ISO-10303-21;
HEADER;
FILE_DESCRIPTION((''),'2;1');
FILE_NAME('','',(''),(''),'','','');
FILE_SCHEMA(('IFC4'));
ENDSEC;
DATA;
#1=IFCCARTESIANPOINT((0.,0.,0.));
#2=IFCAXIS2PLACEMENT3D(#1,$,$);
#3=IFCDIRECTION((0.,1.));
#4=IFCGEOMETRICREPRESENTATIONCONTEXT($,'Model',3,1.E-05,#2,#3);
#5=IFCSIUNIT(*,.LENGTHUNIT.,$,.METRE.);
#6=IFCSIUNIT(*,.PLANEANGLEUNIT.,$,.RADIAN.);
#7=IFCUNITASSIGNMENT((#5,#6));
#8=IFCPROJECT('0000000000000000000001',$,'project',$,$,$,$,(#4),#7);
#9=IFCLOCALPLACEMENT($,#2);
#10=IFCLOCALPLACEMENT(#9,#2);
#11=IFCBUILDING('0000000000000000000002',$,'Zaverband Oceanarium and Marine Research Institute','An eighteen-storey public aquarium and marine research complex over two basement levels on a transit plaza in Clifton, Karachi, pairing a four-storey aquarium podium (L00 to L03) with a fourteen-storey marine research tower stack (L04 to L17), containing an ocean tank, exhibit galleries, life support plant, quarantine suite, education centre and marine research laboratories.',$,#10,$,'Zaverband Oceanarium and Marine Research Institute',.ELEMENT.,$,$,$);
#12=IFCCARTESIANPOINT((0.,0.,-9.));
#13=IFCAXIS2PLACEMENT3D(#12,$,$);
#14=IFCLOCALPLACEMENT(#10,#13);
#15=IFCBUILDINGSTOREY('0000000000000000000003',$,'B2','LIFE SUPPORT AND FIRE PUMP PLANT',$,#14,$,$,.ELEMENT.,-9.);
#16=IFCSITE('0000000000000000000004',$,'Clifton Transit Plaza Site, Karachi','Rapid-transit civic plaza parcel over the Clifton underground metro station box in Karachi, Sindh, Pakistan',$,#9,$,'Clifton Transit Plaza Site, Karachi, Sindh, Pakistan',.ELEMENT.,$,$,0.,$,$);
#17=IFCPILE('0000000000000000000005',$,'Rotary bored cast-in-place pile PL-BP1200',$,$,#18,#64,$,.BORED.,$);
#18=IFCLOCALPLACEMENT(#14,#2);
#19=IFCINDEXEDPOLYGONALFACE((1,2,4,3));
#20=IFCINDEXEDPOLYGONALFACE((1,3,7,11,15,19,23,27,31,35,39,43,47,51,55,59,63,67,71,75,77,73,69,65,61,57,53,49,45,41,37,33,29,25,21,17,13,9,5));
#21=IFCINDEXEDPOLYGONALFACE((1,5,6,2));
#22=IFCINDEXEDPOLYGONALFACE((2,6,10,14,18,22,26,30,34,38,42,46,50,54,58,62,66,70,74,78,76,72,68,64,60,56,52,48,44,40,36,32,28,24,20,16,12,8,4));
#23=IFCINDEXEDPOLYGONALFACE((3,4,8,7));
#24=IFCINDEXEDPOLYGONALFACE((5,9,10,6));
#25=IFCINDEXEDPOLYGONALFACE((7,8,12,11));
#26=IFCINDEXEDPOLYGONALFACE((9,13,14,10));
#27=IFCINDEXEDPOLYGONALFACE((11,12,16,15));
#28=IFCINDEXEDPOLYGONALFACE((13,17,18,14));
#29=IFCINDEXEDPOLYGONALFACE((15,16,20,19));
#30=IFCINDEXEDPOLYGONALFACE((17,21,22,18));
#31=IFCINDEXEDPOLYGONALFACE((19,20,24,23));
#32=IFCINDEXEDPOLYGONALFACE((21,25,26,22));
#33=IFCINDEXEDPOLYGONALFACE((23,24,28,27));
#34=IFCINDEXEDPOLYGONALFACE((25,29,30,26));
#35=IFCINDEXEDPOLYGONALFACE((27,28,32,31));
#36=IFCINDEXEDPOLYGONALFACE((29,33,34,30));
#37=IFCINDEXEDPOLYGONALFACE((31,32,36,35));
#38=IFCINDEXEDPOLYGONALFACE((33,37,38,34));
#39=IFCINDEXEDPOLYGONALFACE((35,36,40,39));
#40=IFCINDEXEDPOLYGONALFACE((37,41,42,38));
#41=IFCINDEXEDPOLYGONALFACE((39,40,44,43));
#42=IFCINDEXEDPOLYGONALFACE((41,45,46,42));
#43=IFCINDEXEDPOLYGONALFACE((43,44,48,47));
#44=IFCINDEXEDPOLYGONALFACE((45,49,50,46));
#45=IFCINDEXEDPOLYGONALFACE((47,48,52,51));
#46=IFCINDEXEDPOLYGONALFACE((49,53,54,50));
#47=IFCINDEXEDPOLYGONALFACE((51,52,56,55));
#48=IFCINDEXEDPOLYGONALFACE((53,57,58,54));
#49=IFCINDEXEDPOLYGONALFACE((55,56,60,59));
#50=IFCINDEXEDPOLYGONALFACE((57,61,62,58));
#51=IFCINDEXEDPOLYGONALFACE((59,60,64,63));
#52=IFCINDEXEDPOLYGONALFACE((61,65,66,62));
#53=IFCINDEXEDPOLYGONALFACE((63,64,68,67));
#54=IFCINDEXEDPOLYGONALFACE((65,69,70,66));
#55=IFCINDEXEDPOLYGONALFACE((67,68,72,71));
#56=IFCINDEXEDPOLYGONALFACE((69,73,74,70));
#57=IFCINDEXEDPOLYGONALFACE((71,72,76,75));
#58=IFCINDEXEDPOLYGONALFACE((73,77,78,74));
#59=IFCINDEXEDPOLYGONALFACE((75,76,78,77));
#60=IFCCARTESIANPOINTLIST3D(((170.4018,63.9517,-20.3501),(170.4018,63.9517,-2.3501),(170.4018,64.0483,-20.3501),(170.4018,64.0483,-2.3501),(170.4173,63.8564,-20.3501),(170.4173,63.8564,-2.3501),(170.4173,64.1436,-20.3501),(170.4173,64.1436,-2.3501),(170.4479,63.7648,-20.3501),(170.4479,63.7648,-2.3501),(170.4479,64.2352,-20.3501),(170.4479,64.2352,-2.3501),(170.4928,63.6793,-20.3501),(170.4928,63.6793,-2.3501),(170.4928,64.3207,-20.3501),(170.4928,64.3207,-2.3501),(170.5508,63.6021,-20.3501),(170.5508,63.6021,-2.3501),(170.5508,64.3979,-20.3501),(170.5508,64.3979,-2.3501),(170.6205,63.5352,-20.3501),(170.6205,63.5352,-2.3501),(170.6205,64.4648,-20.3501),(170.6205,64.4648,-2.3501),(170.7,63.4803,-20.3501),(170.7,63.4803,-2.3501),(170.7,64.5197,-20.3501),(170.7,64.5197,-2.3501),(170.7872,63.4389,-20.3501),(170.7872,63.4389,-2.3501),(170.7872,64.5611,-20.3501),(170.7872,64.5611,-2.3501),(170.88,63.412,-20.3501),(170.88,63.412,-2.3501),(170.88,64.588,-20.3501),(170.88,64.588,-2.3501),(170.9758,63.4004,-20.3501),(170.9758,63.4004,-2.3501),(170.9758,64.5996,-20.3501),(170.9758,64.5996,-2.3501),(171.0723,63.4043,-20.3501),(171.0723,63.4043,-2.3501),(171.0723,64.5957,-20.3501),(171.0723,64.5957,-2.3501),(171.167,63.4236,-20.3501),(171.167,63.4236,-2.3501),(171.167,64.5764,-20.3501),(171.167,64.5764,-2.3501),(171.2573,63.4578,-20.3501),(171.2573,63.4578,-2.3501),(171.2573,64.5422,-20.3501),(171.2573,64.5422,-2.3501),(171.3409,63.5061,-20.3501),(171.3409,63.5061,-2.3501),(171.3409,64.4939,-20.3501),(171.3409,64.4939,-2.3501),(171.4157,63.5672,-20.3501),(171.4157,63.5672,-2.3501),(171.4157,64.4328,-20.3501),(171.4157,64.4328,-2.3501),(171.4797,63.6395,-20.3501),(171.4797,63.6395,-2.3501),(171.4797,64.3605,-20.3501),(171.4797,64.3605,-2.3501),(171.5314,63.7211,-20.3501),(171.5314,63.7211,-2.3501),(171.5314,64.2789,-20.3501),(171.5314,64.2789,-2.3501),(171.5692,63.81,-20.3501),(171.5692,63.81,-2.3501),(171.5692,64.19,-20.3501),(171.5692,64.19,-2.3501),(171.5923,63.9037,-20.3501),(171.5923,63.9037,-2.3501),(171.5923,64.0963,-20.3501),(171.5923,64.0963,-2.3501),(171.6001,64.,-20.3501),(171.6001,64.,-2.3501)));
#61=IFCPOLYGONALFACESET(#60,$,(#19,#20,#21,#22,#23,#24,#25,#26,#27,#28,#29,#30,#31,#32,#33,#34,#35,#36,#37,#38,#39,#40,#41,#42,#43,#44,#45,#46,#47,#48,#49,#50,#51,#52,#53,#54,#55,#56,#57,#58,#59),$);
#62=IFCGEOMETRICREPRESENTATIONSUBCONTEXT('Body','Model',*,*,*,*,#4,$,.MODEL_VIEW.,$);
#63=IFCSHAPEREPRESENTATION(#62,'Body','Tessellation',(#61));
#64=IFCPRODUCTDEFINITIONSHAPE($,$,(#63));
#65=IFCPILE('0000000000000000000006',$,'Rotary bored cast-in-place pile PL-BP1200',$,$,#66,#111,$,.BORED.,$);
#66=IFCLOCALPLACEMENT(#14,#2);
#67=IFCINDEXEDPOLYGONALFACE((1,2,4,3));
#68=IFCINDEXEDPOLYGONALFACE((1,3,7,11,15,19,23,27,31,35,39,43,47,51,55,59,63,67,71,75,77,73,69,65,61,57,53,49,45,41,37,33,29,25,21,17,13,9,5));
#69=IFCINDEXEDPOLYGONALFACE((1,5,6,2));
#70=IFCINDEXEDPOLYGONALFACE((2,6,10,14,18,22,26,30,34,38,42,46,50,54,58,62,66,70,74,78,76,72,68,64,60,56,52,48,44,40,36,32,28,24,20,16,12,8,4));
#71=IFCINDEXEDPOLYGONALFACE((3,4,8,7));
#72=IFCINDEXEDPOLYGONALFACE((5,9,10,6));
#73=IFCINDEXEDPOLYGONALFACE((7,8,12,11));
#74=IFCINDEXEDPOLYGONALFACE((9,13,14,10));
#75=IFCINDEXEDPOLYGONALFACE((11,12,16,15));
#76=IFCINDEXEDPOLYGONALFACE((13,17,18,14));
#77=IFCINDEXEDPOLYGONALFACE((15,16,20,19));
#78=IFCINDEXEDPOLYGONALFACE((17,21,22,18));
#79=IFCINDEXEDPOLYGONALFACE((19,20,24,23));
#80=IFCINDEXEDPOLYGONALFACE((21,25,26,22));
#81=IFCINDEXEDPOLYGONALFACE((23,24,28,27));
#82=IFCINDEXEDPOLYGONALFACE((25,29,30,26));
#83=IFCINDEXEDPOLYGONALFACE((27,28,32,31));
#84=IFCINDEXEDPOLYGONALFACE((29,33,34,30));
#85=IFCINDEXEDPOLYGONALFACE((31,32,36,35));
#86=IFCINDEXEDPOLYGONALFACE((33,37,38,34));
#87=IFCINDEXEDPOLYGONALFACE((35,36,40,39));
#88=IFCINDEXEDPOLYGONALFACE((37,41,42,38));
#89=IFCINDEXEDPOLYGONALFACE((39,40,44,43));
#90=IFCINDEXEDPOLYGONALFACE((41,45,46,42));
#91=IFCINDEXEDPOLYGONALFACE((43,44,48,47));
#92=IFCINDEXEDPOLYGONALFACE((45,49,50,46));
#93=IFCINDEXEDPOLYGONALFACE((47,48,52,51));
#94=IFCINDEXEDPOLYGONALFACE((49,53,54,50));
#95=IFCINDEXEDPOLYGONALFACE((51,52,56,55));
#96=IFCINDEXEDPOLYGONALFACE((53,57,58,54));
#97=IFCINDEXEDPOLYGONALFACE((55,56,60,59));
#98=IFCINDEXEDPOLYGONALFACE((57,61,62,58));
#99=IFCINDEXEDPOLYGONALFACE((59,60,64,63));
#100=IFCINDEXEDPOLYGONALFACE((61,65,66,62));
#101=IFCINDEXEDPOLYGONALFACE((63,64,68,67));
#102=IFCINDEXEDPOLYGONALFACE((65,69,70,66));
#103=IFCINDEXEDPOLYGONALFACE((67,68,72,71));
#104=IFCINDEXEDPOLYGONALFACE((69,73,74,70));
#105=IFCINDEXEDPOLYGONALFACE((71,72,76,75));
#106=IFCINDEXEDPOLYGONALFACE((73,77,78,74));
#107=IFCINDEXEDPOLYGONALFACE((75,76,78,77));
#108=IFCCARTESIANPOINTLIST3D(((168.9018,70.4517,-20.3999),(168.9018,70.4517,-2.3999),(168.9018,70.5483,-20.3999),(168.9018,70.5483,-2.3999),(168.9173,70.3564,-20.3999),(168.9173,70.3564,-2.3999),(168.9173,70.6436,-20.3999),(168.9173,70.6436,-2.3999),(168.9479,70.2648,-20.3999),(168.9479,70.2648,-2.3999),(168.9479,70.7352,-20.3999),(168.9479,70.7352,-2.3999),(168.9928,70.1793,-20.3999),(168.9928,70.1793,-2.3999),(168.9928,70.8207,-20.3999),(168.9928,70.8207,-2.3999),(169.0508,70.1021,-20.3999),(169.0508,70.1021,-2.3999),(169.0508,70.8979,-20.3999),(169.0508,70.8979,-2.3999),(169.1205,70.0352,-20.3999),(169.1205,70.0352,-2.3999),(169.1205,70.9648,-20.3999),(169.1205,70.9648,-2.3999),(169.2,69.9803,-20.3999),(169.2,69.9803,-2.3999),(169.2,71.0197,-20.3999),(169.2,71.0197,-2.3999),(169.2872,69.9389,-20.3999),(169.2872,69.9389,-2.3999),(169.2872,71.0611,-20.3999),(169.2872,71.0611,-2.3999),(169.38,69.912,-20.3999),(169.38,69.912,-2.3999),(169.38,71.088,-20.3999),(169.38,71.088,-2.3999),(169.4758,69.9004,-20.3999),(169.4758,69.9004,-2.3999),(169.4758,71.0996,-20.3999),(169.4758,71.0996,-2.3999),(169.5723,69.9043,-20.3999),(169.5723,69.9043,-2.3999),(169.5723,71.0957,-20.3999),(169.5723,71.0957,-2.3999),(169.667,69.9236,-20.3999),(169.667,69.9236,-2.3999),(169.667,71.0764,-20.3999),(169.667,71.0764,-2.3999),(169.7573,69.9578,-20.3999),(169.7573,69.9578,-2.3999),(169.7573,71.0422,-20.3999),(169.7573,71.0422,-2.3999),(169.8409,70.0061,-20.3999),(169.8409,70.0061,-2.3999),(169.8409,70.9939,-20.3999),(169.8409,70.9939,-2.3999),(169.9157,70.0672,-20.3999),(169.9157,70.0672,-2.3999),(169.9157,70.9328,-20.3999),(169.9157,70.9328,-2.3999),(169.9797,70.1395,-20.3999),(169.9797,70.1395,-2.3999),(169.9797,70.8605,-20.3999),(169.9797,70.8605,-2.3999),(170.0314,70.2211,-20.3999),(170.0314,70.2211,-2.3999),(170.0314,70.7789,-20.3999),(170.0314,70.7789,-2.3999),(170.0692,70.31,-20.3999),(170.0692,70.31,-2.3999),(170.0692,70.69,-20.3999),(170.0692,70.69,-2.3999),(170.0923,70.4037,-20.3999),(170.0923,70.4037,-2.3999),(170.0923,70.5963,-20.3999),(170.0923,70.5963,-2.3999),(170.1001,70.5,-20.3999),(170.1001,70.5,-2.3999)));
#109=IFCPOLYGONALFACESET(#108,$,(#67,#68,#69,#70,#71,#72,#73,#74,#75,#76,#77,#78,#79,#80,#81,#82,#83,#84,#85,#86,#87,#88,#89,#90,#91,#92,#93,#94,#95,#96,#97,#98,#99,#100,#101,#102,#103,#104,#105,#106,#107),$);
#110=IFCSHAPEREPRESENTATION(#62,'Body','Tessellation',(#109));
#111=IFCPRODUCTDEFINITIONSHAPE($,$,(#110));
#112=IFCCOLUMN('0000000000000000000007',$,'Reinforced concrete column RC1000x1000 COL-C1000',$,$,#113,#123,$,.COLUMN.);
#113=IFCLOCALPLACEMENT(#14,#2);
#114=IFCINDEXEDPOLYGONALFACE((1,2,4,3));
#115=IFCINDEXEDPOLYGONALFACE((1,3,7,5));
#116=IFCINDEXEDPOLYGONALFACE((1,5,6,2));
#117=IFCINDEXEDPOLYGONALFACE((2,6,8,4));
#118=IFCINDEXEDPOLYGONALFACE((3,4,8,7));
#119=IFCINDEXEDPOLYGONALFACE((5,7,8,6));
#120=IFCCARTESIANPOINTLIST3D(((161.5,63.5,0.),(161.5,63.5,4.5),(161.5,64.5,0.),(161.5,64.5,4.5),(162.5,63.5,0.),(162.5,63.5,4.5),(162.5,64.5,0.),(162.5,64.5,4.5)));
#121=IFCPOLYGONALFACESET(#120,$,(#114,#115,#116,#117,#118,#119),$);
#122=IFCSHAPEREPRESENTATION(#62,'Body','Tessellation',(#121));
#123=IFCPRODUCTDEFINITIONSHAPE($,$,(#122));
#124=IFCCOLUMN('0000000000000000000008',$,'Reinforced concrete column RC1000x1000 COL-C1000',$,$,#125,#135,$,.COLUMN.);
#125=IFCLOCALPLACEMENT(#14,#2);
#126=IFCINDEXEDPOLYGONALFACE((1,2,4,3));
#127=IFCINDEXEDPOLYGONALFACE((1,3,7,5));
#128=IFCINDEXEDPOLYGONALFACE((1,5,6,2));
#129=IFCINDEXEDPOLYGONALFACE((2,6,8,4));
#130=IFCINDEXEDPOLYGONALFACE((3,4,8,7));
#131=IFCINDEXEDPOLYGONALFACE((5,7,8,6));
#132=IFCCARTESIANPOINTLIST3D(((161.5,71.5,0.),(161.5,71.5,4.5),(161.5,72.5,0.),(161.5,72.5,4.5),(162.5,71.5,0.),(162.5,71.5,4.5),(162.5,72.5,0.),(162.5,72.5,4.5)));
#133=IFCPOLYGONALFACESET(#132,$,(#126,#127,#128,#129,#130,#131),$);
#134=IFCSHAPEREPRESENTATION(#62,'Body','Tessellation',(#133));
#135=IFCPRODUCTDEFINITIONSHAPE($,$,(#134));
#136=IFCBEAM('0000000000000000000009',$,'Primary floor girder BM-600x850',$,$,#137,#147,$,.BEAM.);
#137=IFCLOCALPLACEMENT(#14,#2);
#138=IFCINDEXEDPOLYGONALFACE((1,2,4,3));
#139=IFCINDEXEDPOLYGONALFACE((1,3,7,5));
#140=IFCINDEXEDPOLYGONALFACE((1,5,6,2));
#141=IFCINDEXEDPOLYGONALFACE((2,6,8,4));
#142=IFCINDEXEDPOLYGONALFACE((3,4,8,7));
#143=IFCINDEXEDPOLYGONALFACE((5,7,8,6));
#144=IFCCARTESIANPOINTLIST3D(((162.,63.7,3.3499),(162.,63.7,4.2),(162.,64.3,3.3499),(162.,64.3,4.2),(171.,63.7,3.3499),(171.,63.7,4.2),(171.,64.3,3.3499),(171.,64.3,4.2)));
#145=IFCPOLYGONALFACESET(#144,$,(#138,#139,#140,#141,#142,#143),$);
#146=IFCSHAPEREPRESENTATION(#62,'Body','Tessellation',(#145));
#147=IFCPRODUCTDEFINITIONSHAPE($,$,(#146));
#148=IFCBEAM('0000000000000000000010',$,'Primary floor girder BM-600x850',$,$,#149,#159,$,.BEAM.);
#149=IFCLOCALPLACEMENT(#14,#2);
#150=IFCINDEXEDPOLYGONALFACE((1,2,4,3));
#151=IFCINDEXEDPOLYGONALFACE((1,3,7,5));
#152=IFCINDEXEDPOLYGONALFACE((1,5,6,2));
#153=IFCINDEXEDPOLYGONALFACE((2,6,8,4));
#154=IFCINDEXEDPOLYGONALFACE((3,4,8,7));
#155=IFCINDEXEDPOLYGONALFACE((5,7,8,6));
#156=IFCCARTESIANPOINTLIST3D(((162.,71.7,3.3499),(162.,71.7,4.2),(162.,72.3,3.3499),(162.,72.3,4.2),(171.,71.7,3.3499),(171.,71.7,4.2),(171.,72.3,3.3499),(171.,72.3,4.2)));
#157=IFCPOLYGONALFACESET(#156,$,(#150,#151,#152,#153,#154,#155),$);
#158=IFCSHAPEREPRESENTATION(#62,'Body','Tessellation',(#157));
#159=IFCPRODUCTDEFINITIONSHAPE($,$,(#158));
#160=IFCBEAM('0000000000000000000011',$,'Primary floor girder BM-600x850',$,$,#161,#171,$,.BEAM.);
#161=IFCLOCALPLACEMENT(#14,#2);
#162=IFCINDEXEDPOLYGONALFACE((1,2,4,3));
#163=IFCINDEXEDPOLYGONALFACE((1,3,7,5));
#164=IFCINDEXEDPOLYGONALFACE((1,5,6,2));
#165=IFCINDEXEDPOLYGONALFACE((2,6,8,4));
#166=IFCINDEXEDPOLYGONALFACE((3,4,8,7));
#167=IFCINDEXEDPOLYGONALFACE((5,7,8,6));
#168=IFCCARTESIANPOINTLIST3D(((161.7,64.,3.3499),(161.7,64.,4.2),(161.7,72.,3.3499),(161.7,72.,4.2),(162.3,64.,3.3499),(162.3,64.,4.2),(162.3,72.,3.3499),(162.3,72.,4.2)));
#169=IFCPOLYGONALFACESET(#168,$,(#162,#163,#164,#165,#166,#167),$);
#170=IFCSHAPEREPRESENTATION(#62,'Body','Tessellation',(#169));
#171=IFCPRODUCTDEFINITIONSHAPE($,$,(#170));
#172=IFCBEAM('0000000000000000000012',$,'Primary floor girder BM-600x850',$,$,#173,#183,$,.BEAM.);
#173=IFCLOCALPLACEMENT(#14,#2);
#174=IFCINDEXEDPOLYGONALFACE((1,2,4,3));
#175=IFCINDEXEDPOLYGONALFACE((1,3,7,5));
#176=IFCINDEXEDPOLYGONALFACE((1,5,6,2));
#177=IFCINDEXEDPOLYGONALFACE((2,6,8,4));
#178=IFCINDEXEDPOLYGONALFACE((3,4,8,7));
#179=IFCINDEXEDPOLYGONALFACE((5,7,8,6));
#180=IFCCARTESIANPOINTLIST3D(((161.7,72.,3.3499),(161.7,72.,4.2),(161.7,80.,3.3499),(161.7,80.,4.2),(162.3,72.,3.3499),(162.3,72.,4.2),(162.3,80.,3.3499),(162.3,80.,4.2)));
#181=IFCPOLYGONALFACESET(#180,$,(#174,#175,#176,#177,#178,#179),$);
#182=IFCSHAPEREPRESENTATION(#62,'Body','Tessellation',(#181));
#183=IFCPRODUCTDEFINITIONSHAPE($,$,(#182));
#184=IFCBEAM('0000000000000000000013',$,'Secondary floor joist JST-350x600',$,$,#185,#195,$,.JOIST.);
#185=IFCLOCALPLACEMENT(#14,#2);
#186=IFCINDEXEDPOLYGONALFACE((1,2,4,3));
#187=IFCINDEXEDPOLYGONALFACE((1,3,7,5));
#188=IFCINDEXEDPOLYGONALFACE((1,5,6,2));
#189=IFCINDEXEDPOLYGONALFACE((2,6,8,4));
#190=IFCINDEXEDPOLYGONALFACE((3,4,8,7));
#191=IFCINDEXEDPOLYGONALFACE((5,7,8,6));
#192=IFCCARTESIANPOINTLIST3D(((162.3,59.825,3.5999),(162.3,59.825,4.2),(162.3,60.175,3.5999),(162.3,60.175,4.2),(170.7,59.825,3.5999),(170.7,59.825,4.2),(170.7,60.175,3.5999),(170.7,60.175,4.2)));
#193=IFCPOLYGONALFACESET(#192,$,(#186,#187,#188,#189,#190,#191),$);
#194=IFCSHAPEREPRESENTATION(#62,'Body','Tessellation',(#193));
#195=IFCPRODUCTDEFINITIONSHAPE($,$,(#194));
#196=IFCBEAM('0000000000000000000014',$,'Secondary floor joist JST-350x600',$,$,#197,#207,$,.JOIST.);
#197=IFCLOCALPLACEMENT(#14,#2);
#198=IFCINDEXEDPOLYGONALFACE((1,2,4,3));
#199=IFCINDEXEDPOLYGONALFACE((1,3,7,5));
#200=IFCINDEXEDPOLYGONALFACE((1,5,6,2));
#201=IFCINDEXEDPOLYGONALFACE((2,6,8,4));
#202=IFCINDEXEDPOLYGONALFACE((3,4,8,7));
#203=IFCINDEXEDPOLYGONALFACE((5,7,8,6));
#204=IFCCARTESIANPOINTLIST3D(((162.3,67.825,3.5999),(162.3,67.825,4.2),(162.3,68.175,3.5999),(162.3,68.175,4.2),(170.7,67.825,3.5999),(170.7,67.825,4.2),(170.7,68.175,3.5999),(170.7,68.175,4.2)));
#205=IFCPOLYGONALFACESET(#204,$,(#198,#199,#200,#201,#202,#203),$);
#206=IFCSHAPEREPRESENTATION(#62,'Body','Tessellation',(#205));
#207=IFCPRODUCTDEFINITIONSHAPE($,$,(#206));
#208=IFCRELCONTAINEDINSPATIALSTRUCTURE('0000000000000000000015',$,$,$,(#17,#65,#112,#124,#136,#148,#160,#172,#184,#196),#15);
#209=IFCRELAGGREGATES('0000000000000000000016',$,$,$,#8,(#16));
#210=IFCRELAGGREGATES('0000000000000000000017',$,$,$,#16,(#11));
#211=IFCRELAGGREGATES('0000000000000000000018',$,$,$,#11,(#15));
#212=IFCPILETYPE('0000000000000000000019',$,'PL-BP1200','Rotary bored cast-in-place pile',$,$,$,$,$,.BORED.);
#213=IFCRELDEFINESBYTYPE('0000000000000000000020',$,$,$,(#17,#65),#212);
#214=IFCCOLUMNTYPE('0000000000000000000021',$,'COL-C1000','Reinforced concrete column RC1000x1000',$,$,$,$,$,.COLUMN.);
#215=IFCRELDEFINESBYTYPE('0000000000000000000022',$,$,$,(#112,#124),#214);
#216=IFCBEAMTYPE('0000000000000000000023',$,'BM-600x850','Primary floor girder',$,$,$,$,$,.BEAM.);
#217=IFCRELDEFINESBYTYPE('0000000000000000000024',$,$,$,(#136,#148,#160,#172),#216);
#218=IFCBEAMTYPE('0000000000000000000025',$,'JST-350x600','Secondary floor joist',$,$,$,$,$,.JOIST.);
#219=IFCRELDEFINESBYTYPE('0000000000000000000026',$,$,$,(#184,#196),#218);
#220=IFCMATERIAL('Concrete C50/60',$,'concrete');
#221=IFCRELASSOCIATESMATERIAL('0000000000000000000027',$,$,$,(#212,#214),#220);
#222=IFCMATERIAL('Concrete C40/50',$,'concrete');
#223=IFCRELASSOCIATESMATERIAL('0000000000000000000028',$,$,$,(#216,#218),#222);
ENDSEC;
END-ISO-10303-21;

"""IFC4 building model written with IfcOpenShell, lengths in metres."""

from ifc_helpers import new_model, si_unit, direction, frame, origin, origin_2d, place, context, subcontext, project, spatial, rectangle, circle, extrude, material, material_profile, profile_set, type_object, element, save


model = new_model("IFC4")

# Units and contexts
model_context = context("Model", 3, precision=1e-05, world=origin(), true_north=direction((0.0, 1.0)))
body_context = subcontext(model_context, "Body", "Model", "MODEL_VIEW")
ifc_project = project(units=[si_unit("LENGTHUNIT", "METRE"), si_unit("PLANEANGLEUNIT", "RADIAN")], contexts=[model_context])

# Site, building, storey
site_placement = place(None, origin())
site = spatial("IfcSite", under=ifc_project, at=site_placement, Name="Clifton Transit Plaza Site, Karachi", Description="Rapid-transit civic plaza parcel over the Clifton underground metro station box in Karachi, Sindh, Pakistan", LongName="Clifton Transit Plaza Site, Karachi, Sindh, Pakistan", CompositionType="ELEMENT", RefElevation=0.0)
building_placement = place(site_placement, origin())
building = spatial("IfcBuilding", under=site, at=building_placement, Name="Zaverband Oceanarium and Marine Research Institute", Description="An eighteen-storey public aquarium and marine research complex over two basement levels on a transit plaza in Clifton, Karachi, pairing a four-storey aquarium podium (L00 to L03) with a fourteen-storey marine research tower stack (L04 to L17), containing an ocean tank, exhibit galleries, life support plant, quarantine suite, education centre and marine research laboratories.", LongName="Zaverband Oceanarium and Marine Research Institute", CompositionType="ELEMENT")
storey_placement = place(building_placement, frame((0.0, 0.0, -9.0)))
storey = spatial("IfcBuildingStorey", under=building, at=storey_placement, Name="B2", Description="LIFE SUPPORT AND FIRE PUMP PLANT", CompositionType="ELEMENT", Elevation=-9.0)

# Shared definitions
ifc_material_1 = material(Name="Concrete C50/60", Category="concrete")

# Piles
ifc_material_profile_1 = material_profile(ifc_material_1, circle(Radius=0.6001, at=origin_2d()), Name="BP1200")
ifc_profile_set_1 = profile_set([ifc_material_profile_1], Name="Concrete C50/60")
pile_type = type_object("IfcPileType", Name="PL-BP1200", Description="Rotary bored cast-in-place pile", PredefinedType="BORED", material=ifc_profile_set_1)
for number, where, z_axis, x_axis, name in (
    (1, (171.0, 64.0, -2.3501), (0.0, 0.0, -1.0), (1.0, 0.0, 0.0), "Rotary bored cast-in-place pile PL-BP1200"),
    (2, (169.5, 70.5, -2.3999), (0.0, 0.0, -1.0), (1.0, 0.0, 0.0), "Rotary bored cast-in-place pile PL-BP1200"),
):
    element("IfcPile", number, at=place(storey_placement, frame(where, z_axis=z_axis, x_axis=x_axis)), inside=storey, type_object=pile_type, Name=name, PredefinedType="BORED", context=body_context, shape_type="SweptSolid", body=[
        extrude(circle(Radius=0.6001, at=origin_2d()), origin(), (0.0, 0.0, 1.0), 18.0),
    ])

# Columns
ifc_material_profile_2 = material_profile(ifc_material_1, rectangle(XDim=1.0, YDim=1.0, at=origin_2d()), Name="RC1000x1000")
ifc_profile_set_2 = profile_set([ifc_material_profile_2], Name="Concrete C50/60")
column_type = type_object("IfcColumnType", Name="COL-C1000", Description="Reinforced concrete column RC1000x1000", PredefinedType="COLUMN", material=ifc_profile_set_2)
for number, where, z_axis, x_axis, name in (
    (3, (162.0, 64.0, 0.0), (0.0, 0.0, 1.0), (1.0, 0.0, 0.0), "Reinforced concrete column RC1000x1000 COL-C1000"),
    (4, (162.0, 72.0, 0.0), (0.0, 0.0, 1.0), (1.0, 0.0, 0.0), "Reinforced concrete column RC1000x1000 COL-C1000"),
):
    element("IfcColumn", number, at=place(storey_placement, frame(where, z_axis=z_axis, x_axis=x_axis)), inside=storey, type_object=column_type, Name=name, PredefinedType="COLUMN", context=body_context, shape_type="SweptSolid", body=[
        extrude(rectangle(XDim=1.0, YDim=1.0, at=origin_2d()), origin(), (0.0, 0.0, 1.0), 4.5),
    ])

# Beams
ifc_material_2 = material(Name="Concrete C40/50", Category="concrete")
ifc_material_profile_3 = material_profile(ifc_material_2, rectangle(XDim=0.6001, YDim=0.8501, at=origin_2d()), Name="RC600x850")
ifc_profile_set_3 = profile_set([ifc_material_profile_3], Name="Concrete C40/50")
beam_type_1 = type_object("IfcBeamType", Name="BM-600x850", Description="Primary floor girder", PredefinedType="BEAM", material=ifc_profile_set_3)
for number, where, z_axis, x_axis, name in (
    (5, (162.0, 64.0, 3.7749), (1.0, 0.0, 0.0), (0.0, 1.0, 0.0), "Primary floor girder BM-600x850"),
    (6, (162.0, 72.0, 3.7749), (1.0, 0.0, 0.0), (0.0, 1.0, 0.0), "Primary floor girder BM-600x850"),
):
    element("IfcBeam", number, at=place(storey_placement, frame(where, z_axis=z_axis, x_axis=x_axis)), inside=storey, type_object=beam_type_1, Name=name, PredefinedType="BEAM", context=body_context, shape_type="SweptSolid", body=[
        extrude(rectangle(XDim=0.6001, YDim=0.8501, at=origin_2d()), origin(), (0.0, 0.0, 1.0), 9.0),
    ])
for number, where, z_axis, x_axis, name in (
    (7, (162.0, 64.0, 3.7749), (0.0, 1.0, 0.0), (-1.0, 0.0, 0.0), "Primary floor girder BM-600x850"),
    (8, (162.0, 72.0, 3.7749), (0.0, 1.0, 0.0), (-1.0, 0.0, 0.0), "Primary floor girder BM-600x850"),
):
    element("IfcBeam", number, at=place(storey_placement, frame(where, z_axis=z_axis, x_axis=x_axis)), inside=storey, type_object=beam_type_1, Name=name, PredefinedType="BEAM", context=body_context, shape_type="SweptSolid", body=[
        extrude(rectangle(XDim=0.6001, YDim=0.8501, at=origin_2d()), origin(), (0.0, 0.0, 1.0), 8.0),
    ])
ifc_material_profile_4 = material_profile(ifc_material_2, rectangle(XDim=0.3501, YDim=0.6001, at=origin_2d()), Name="RC350x600")
ifc_profile_set_4 = profile_set([ifc_material_profile_4], Name="Concrete C40/50")
beam_type_2 = type_object("IfcBeamType", Name="JST-350x600", Description="Secondary floor joist", PredefinedType="JOIST", material=ifc_profile_set_4)
for number, where, z_axis, x_axis, name in (
    (9, (162.3, 60.0, 3.8999), (1.0, 0.0, 0.0), (0.0, 1.0, 0.0), "Secondary floor joist JST-350x600"),
    (10, (162.3, 68.0, 3.8999), (1.0, 0.0, 0.0), (0.0, 1.0, 0.0), "Secondary floor joist JST-350x600"),
):
    element("IfcBeam", number, at=place(storey_placement, frame(where, z_axis=z_axis, x_axis=x_axis)), inside=storey, type_object=beam_type_2, Name=name, PredefinedType="JOIST", context=body_context, shape_type="SweptSolid", body=[
        extrude(rectangle(XDim=0.3501, YDim=0.6001, at=origin_2d()), origin(), (0.0, 0.0, 1.0), 8.3999),
    ])

save(model, "model.ifc")
